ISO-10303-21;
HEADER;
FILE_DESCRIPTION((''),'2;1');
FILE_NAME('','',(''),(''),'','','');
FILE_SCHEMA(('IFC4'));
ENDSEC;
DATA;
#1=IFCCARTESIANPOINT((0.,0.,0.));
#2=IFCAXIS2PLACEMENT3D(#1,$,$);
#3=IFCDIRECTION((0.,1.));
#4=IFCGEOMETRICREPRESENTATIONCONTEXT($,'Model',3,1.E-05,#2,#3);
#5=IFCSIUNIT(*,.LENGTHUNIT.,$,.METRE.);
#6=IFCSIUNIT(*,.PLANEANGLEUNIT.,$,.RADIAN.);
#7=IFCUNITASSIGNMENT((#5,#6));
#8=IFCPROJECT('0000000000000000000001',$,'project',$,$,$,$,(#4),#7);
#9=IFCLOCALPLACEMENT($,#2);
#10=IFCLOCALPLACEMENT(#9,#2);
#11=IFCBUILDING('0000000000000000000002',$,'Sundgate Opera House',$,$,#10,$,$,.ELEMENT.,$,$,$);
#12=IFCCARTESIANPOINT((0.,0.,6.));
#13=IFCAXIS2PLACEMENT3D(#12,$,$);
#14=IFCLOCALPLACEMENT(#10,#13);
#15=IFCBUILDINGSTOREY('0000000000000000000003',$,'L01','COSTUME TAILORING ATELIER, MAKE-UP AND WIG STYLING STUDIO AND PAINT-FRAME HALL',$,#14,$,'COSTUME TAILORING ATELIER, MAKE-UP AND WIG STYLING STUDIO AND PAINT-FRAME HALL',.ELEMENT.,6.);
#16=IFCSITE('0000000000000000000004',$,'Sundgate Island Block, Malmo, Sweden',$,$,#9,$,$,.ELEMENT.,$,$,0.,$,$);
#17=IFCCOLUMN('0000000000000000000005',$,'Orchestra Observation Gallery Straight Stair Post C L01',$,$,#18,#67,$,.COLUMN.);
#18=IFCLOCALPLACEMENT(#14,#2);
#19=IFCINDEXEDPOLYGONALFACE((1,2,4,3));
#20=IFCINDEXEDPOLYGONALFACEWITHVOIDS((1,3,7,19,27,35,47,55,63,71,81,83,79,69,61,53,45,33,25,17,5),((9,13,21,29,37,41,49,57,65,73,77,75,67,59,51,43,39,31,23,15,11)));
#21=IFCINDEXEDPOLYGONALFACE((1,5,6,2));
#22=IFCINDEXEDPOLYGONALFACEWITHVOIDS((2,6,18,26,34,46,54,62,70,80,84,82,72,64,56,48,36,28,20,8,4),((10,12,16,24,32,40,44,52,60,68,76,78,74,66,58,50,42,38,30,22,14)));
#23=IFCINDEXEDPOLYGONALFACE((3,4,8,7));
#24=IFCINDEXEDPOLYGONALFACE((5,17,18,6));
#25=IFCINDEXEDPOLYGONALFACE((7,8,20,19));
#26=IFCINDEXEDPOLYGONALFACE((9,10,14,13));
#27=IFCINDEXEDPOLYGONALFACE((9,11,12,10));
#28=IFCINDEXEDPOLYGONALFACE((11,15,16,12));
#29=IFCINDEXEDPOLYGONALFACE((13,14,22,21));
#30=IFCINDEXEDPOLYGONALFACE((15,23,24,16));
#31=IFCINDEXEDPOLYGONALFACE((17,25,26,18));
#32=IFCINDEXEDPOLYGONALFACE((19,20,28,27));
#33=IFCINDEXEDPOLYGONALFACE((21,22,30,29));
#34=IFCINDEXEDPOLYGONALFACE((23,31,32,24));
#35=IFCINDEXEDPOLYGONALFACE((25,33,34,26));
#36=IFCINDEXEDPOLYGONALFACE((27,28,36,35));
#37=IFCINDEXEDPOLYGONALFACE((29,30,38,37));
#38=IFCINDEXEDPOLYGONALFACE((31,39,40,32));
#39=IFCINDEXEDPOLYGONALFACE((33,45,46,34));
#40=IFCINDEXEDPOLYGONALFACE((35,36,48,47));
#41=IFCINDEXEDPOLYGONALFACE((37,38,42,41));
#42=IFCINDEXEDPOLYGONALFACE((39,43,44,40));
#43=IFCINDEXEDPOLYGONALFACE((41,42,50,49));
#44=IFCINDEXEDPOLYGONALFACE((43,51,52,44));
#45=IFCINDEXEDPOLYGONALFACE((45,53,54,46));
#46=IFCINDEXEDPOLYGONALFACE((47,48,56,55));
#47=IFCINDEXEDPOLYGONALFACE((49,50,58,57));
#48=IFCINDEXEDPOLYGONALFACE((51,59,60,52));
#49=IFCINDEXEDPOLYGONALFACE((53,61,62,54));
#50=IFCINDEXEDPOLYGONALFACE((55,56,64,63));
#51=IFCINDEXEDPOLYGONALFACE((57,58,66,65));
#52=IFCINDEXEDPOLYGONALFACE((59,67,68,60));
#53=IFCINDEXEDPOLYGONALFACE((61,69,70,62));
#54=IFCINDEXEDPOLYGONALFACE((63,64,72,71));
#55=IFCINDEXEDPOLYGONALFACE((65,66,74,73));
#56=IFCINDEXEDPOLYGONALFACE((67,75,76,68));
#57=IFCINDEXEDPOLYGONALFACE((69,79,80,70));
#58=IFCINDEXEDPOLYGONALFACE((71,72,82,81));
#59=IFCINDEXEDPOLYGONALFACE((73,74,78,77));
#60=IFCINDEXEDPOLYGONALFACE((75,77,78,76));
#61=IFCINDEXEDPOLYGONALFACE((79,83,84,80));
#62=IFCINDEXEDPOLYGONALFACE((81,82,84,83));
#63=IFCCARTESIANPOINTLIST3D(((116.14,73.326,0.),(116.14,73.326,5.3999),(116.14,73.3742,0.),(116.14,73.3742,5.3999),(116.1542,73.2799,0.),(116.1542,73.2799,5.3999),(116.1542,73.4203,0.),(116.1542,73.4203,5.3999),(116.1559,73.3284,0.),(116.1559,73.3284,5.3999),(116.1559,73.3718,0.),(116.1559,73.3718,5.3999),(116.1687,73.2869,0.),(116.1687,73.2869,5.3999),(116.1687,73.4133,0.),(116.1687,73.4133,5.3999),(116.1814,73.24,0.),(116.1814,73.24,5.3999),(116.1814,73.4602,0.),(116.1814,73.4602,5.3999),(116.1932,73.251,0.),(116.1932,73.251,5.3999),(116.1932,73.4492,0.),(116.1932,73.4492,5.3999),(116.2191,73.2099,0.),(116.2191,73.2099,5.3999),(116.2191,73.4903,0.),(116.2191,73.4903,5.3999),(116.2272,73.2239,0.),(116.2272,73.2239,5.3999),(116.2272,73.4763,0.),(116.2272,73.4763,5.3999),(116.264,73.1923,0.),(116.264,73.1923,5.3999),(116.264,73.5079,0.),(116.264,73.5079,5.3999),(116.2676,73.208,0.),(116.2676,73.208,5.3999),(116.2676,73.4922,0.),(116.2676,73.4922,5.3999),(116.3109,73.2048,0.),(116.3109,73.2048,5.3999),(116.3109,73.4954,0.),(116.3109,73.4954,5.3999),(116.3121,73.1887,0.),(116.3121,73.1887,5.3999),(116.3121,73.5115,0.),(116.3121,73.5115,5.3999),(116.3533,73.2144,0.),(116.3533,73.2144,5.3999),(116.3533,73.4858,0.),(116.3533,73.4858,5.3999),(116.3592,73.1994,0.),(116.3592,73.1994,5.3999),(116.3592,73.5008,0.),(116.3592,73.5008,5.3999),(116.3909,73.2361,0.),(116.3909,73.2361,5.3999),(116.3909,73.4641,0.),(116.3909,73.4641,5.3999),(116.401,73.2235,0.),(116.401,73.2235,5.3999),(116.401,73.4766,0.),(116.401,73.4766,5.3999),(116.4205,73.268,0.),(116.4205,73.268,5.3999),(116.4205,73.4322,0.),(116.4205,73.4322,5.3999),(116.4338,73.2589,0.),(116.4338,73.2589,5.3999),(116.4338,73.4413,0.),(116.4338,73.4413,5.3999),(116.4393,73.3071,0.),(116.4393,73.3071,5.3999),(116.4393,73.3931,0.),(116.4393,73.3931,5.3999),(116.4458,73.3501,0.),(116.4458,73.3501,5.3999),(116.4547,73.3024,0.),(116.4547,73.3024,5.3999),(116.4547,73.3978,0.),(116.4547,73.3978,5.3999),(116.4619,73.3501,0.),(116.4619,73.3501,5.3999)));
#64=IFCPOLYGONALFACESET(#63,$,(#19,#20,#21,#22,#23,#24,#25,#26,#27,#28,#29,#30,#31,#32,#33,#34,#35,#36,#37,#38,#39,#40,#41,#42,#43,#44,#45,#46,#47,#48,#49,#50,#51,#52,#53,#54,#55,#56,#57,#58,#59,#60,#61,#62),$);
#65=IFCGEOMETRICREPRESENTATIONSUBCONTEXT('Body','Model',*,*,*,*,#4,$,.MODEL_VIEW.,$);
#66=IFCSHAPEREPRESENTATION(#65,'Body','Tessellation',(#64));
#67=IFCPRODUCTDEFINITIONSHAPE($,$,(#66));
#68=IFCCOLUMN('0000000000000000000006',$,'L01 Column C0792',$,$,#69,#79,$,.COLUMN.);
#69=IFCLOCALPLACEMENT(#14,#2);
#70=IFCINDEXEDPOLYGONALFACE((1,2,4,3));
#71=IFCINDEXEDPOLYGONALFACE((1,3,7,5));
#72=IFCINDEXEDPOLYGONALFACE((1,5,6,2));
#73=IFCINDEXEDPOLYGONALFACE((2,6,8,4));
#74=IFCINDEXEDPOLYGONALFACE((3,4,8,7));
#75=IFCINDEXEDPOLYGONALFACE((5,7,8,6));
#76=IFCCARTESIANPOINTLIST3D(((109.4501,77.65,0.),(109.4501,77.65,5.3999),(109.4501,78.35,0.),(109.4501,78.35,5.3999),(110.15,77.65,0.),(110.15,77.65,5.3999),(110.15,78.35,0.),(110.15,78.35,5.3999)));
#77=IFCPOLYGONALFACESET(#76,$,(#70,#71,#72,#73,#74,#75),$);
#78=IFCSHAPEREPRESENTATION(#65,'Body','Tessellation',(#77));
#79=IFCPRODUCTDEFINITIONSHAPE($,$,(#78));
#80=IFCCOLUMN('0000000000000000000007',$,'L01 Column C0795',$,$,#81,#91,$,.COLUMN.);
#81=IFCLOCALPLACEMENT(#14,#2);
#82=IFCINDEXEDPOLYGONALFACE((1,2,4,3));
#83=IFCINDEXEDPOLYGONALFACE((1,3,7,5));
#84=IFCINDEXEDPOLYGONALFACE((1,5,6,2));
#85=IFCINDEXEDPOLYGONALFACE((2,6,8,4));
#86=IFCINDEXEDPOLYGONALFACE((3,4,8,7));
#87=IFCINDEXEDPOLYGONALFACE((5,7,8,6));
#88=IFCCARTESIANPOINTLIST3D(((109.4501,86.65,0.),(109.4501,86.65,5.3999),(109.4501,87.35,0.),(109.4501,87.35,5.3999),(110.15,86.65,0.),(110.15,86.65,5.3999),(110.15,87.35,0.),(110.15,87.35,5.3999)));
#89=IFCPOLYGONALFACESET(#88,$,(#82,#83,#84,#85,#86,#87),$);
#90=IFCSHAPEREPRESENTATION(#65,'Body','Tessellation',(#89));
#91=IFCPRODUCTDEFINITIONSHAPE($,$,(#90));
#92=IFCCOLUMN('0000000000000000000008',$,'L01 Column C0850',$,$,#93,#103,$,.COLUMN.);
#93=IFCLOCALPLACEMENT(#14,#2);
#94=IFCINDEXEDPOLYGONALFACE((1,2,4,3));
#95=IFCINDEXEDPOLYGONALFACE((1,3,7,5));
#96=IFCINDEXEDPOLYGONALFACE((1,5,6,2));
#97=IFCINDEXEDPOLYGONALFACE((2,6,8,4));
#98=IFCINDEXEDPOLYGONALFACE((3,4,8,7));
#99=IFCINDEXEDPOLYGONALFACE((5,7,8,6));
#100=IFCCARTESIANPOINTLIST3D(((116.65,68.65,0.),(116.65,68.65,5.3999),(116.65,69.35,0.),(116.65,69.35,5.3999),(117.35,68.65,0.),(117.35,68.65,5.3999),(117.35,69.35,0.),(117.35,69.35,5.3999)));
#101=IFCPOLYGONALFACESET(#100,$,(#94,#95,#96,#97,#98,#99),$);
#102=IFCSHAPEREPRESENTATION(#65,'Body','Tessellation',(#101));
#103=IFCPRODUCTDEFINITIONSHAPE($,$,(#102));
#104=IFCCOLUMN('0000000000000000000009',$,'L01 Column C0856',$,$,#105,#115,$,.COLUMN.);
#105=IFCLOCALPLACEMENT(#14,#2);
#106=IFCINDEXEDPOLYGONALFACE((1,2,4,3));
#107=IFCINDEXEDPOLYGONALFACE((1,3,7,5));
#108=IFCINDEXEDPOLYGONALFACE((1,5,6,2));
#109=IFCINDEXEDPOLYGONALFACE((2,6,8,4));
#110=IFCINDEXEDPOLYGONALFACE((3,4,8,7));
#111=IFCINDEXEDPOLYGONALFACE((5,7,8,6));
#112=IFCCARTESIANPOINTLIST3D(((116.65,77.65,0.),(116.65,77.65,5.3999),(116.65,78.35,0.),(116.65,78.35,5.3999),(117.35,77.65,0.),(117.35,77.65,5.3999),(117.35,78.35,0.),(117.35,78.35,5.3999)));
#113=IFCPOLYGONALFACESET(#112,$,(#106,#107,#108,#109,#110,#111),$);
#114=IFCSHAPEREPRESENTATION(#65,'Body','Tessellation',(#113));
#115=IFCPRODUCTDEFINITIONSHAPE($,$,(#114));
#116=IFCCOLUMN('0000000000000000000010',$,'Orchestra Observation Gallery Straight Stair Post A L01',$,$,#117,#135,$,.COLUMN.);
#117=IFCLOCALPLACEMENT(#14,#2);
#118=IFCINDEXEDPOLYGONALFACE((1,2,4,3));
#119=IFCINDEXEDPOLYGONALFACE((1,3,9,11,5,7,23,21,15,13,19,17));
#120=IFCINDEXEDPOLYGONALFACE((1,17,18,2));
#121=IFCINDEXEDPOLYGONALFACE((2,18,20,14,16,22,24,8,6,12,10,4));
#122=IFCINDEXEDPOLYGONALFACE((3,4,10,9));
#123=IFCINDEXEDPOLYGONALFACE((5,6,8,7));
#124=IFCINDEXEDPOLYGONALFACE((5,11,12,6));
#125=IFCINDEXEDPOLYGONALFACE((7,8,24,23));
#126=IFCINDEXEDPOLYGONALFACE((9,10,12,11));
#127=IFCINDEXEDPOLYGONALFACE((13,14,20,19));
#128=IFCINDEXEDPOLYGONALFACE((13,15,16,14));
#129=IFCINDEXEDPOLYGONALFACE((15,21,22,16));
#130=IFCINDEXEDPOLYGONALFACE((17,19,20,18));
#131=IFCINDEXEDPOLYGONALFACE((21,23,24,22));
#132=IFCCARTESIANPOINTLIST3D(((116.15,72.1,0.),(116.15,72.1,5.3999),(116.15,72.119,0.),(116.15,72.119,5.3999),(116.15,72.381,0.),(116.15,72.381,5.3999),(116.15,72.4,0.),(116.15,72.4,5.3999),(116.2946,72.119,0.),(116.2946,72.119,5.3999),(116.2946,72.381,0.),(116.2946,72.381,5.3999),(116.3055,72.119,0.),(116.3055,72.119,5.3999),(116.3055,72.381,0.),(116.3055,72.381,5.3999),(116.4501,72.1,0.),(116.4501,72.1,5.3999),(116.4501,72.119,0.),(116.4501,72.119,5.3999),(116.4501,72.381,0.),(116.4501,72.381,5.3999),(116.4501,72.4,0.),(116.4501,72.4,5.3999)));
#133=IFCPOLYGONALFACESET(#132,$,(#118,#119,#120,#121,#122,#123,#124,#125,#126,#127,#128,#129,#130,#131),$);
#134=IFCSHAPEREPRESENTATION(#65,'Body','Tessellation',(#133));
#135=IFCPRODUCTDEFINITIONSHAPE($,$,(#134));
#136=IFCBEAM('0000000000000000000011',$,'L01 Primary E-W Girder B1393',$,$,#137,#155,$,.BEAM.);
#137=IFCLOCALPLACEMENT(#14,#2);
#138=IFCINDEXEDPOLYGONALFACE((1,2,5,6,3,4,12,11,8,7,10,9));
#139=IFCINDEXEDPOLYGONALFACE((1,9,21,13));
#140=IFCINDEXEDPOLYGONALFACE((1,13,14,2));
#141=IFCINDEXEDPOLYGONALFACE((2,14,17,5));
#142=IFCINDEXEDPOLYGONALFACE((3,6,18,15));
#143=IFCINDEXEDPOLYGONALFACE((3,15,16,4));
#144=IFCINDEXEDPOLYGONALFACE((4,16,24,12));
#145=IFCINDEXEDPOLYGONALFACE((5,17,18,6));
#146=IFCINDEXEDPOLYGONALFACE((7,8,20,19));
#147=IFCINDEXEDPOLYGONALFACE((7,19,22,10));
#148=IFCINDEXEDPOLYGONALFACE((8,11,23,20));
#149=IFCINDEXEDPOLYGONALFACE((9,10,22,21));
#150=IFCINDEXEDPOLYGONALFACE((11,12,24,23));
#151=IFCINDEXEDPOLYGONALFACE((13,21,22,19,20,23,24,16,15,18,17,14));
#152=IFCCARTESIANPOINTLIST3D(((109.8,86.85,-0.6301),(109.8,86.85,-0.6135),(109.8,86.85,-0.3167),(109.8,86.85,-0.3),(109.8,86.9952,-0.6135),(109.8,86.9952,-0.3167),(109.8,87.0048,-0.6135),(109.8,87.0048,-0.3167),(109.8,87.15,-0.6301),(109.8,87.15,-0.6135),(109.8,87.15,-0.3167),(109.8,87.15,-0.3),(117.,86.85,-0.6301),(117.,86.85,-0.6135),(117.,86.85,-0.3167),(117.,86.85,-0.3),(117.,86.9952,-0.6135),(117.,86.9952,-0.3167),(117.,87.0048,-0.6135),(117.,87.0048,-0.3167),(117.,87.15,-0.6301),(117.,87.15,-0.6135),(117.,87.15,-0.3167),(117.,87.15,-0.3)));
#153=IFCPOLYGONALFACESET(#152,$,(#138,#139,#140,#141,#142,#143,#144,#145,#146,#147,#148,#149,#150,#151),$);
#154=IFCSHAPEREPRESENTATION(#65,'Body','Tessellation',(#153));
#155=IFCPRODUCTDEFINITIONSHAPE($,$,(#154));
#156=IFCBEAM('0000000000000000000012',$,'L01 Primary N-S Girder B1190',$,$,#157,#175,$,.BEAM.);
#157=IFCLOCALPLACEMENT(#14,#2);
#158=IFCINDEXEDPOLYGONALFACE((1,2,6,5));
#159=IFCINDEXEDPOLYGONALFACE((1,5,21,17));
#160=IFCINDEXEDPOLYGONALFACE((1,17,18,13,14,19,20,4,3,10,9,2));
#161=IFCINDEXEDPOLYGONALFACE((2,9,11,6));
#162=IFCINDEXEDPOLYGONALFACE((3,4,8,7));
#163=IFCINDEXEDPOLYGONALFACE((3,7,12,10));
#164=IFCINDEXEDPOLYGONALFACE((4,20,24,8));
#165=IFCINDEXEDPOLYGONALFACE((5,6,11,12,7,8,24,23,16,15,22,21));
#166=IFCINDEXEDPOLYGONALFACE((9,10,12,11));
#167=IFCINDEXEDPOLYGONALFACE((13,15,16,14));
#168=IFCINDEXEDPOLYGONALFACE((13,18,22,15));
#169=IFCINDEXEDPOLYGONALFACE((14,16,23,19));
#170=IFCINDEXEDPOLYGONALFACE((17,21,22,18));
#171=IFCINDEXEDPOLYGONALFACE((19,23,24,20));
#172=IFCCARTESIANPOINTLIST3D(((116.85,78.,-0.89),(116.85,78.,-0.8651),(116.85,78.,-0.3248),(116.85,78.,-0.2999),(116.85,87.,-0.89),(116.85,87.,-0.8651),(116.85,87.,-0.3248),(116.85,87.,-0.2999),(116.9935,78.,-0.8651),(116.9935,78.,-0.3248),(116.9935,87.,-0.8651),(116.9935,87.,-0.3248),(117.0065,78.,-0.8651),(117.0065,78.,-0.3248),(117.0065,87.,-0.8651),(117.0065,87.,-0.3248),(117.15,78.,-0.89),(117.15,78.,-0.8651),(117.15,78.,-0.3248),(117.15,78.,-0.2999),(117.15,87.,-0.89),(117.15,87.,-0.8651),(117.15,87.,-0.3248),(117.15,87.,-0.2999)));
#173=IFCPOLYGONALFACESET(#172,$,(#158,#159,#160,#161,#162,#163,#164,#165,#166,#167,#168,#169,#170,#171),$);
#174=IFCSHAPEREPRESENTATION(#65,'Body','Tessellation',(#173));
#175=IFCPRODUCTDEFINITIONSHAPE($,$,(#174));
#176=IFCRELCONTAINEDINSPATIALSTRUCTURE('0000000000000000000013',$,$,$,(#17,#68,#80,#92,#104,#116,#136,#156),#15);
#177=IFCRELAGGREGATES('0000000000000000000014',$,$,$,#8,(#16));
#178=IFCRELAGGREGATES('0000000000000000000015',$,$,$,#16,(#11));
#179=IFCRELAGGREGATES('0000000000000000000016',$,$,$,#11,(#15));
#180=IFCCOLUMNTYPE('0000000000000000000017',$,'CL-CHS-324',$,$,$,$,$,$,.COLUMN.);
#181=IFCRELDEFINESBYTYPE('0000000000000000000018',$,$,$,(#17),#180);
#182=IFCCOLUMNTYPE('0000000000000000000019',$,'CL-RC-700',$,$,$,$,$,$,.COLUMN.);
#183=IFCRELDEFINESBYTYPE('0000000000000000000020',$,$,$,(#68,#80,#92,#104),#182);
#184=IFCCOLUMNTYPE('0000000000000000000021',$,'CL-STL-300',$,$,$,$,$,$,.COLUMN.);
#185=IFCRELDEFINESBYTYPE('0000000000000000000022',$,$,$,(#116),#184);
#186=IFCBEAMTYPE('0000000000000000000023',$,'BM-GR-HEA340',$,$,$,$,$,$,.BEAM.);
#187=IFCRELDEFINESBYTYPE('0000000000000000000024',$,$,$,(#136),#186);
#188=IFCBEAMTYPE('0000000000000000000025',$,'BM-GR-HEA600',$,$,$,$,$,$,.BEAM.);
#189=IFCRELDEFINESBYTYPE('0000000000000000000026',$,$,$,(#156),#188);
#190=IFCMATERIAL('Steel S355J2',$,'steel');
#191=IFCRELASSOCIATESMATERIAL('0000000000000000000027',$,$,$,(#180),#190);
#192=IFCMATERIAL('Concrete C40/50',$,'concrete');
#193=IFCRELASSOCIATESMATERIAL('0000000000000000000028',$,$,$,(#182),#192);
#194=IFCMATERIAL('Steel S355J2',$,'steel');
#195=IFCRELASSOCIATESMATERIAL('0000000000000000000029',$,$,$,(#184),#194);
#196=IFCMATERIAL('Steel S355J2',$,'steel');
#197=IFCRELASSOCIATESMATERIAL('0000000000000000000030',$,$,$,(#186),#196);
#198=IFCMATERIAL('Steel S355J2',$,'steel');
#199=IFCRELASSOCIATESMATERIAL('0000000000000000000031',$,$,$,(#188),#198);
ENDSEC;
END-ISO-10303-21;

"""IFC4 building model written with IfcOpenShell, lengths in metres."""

from ifc_helpers import new_model, si_unit, direction, frame, origin, origin_2d, place, context, subcontext, project, spatial, rectangle, hollow_circle, i_section, extrude, material, material_profile, profile_set, type_object, element, save


model = new_model("IFC4")

# Units and contexts
model_context = context("Model", 3, precision=1e-05, world=origin(), true_north=direction((0.0, 1.0)))
body_context = subcontext(model_context, "Body", "Model", "MODEL_VIEW")
ifc_project = project(units=[si_unit("LENGTHUNIT", "METRE"), si_unit("PLANEANGLEUNIT", "RADIAN")], contexts=[model_context])

# Site, building, storey
site_placement = place(None, origin())
site = spatial("IfcSite", under=ifc_project, at=site_placement, Name="Sundgate Island Block, Malmo, Sweden", CompositionType="ELEMENT", RefElevation=0.0)
building_placement = place(site_placement, origin())
building = spatial("IfcBuilding", under=site, at=building_placement, Name="Sundgate Opera House", CompositionType="ELEMENT")
storey_placement = place(building_placement, frame((0.0, 0.0, 6.0)))
storey = spatial("IfcBuildingStorey", under=building, at=storey_placement, Name="L01", Description="COSTUME TAILORING ATELIER, MAKE-UP AND WIG STYLING STUDIO AND PAINT-FRAME HALL", LongName="COSTUME TAILORING ATELIER, MAKE-UP AND WIG STYLING STUDIO AND PAINT-FRAME HALL", CompositionType="ELEMENT", Elevation=6.0)

# Columns
ifc_material_1 = material(Name="Steel S355J2", Category="steel")
ifc_material_profile_1 = material_profile(ifc_material_1, hollow_circle(Radius=0.1619, WallThickness=0.0161, at=origin_2d()), Name="CHS 323.9x16.0")
ifc_profile_set_1 = profile_set([ifc_material_profile_1], Name="Steel S355J2")
column_type_1 = type_object("IfcColumnType", Name="CL-CHS-324", PredefinedType="COLUMN", material=ifc_profile_set_1)
column_1_placement = place(storey_placement, frame((116.3, 73.3501, 0.0), z_axis=(0.0, 0.0, 1.0), x_axis=(1.0, 0.0, 0.0)))
element("IfcColumn", 1, at=column_1_placement, inside=storey, type_object=column_type_1, Name="Orchestra Observation Gallery Straight Stair Post C L01", PredefinedType="COLUMN", context=body_context, shape_type="SweptSolid", body=[
    extrude(hollow_circle(Radius=0.1619, WallThickness=0.0161, at=origin_2d()), origin(), (0.0, 0.0, 1.0), 5.3999),
])
ifc_material_2 = material(Name="Concrete C40/50", Category="concrete")
ifc_material_profile_2 = material_profile(ifc_material_2, rectangle(XDim=0.7, YDim=0.7, at=origin_2d()), Name="RC 700x700")
ifc_profile_set_2 = profile_set([ifc_material_profile_2], Name="Concrete C40/50")
column_type_2 = type_object("IfcColumnType", Name="CL-RC-700", PredefinedType="COLUMN", material=ifc_profile_set_2)
for number, where, z_axis, x_axis, name in (
    (2, (109.8, 78.0, 0.0), (0.0, 0.0, 1.0), (1.0, 0.0, 0.0), "L01 Column C0792"),
    (3, (109.8, 87.0, 0.0), (0.0, 0.0, 1.0), (1.0, 0.0, 0.0), "L01 Column C0795"),
    (4, (117.0, 69.0, 0.0), (0.0, 0.0, 1.0), (1.0, 0.0, 0.0), "L01 Column C0850"),
    (5, (117.0, 78.0, 0.0), (0.0, 0.0, 1.0), (1.0, 0.0, 0.0), "L01 Column C0856"),
):
    element("IfcColumn", number, at=place(storey_placement, frame(where, z_axis=z_axis, x_axis=x_axis)), inside=storey, type_object=column_type_2, Name=name, PredefinedType="COLUMN", context=body_context, shape_type="SweptSolid", body=[
        extrude(rectangle(XDim=0.7, YDim=0.7, at=origin_2d()), origin(), (0.0, 0.0, 1.0), 5.3999),
    ])
ifc_material_3 = material(Name="Steel S355J2", Category="steel")
ifc_material_profile_3 = material_profile(ifc_material_3, i_section(OverallWidth=0.3, OverallDepth=0.3, WebThickness=0.011, FlangeThickness=0.019, at=origin_2d()), Name="HEB 300")
ifc_profile_set_3 = profile_set([ifc_material_profile_3], Name="Steel S355J2")
column_type_3 = type_object("IfcColumnType", Name="CL-STL-300", PredefinedType="COLUMN", material=ifc_profile_set_3)
column_2_placement = place(storey_placement, frame((116.3, 72.25, 0.0), z_axis=(0.0, 0.0, 1.0), x_axis=(1.0, 0.0, 0.0)))
element("IfcColumn", 6, at=column_2_placement, inside=storey, type_object=column_type_3, Name="Orchestra Observation Gallery Straight Stair Post A L01", PredefinedType="COLUMN", context=body_context, shape_type="SweptSolid", body=[
    extrude(i_section(OverallWidth=0.3, OverallDepth=0.3, WebThickness=0.011, FlangeThickness=0.019, at=origin_2d()), origin(), (0.0, 0.0, 1.0), 5.3999),
])

# Beams
ifc_material_4 = material(Name="Steel S355J2", Category="steel")
ifc_material_profile_4 = material_profile(ifc_material_4, i_section(OverallWidth=0.3, OverallDepth=0.3301, WebThickness=0.0095, FlangeThickness=0.0166, at=origin_2d()), Name="HEA 340")
ifc_profile_set_4 = profile_set([ifc_material_profile_4], Name="Steel S355J2")
beam_type_1 = type_object("IfcBeamType", Name="BM-GR-HEA340", PredefinedType="BEAM", material=ifc_profile_set_4)
beam_1_placement = place(storey_placement, frame((109.8, 87.0, -0.4651), z_axis=(1.0, 0.0, 0.0), x_axis=(0.0, 1.0, 0.0)))
element("IfcBeam", 7, at=beam_1_placement, inside=storey, type_object=beam_type_1, Name="L01 Primary E-W Girder B1393", PredefinedType="BEAM", context=body_context, shape_type="SweptSolid", body=[
    extrude(i_section(OverallWidth=0.3, OverallDepth=0.3301, WebThickness=0.0095, FlangeThickness=0.0166, at=origin_2d()), origin(), (0.0, 0.0, 1.0), 7.2),
])
ifc_material_5 = material(Name="Steel S355J2", Category="steel")
ifc_material_profile_5 = material_profile(ifc_material_5, i_section(OverallWidth=0.3, OverallDepth=0.5901, WebThickness=0.0129, FlangeThickness=0.0249, at=origin_2d()), Name="HEA 600")
ifc_profile_set_5 = profile_set([ifc_material_profile_5], Name="Steel S355J2")
beam_type_2 = type_object("IfcBeamType", Name="BM-GR-HEA600", PredefinedType="BEAM", material=ifc_profile_set_5)
beam_2_placement = place(storey_placement, frame((117.0, 78.0, -0.595), z_axis=(0.0, 1.0, 0.0), x_axis=(-1.0, 0.0, 0.0)))
element("IfcBeam", 8, at=beam_2_placement, inside=storey, type_object=beam_type_2, Name="L01 Primary N-S Girder B1190", PredefinedType="BEAM", context=body_context, shape_type="SweptSolid", body=[
    extrude(i_section(OverallWidth=0.3, OverallDepth=0.5901, WebThickness=0.0129, FlangeThickness=0.0249, at=origin_2d()), origin(), (0.0, 0.0, 1.0), 9.0),
])

save(model, "model.ifc")
